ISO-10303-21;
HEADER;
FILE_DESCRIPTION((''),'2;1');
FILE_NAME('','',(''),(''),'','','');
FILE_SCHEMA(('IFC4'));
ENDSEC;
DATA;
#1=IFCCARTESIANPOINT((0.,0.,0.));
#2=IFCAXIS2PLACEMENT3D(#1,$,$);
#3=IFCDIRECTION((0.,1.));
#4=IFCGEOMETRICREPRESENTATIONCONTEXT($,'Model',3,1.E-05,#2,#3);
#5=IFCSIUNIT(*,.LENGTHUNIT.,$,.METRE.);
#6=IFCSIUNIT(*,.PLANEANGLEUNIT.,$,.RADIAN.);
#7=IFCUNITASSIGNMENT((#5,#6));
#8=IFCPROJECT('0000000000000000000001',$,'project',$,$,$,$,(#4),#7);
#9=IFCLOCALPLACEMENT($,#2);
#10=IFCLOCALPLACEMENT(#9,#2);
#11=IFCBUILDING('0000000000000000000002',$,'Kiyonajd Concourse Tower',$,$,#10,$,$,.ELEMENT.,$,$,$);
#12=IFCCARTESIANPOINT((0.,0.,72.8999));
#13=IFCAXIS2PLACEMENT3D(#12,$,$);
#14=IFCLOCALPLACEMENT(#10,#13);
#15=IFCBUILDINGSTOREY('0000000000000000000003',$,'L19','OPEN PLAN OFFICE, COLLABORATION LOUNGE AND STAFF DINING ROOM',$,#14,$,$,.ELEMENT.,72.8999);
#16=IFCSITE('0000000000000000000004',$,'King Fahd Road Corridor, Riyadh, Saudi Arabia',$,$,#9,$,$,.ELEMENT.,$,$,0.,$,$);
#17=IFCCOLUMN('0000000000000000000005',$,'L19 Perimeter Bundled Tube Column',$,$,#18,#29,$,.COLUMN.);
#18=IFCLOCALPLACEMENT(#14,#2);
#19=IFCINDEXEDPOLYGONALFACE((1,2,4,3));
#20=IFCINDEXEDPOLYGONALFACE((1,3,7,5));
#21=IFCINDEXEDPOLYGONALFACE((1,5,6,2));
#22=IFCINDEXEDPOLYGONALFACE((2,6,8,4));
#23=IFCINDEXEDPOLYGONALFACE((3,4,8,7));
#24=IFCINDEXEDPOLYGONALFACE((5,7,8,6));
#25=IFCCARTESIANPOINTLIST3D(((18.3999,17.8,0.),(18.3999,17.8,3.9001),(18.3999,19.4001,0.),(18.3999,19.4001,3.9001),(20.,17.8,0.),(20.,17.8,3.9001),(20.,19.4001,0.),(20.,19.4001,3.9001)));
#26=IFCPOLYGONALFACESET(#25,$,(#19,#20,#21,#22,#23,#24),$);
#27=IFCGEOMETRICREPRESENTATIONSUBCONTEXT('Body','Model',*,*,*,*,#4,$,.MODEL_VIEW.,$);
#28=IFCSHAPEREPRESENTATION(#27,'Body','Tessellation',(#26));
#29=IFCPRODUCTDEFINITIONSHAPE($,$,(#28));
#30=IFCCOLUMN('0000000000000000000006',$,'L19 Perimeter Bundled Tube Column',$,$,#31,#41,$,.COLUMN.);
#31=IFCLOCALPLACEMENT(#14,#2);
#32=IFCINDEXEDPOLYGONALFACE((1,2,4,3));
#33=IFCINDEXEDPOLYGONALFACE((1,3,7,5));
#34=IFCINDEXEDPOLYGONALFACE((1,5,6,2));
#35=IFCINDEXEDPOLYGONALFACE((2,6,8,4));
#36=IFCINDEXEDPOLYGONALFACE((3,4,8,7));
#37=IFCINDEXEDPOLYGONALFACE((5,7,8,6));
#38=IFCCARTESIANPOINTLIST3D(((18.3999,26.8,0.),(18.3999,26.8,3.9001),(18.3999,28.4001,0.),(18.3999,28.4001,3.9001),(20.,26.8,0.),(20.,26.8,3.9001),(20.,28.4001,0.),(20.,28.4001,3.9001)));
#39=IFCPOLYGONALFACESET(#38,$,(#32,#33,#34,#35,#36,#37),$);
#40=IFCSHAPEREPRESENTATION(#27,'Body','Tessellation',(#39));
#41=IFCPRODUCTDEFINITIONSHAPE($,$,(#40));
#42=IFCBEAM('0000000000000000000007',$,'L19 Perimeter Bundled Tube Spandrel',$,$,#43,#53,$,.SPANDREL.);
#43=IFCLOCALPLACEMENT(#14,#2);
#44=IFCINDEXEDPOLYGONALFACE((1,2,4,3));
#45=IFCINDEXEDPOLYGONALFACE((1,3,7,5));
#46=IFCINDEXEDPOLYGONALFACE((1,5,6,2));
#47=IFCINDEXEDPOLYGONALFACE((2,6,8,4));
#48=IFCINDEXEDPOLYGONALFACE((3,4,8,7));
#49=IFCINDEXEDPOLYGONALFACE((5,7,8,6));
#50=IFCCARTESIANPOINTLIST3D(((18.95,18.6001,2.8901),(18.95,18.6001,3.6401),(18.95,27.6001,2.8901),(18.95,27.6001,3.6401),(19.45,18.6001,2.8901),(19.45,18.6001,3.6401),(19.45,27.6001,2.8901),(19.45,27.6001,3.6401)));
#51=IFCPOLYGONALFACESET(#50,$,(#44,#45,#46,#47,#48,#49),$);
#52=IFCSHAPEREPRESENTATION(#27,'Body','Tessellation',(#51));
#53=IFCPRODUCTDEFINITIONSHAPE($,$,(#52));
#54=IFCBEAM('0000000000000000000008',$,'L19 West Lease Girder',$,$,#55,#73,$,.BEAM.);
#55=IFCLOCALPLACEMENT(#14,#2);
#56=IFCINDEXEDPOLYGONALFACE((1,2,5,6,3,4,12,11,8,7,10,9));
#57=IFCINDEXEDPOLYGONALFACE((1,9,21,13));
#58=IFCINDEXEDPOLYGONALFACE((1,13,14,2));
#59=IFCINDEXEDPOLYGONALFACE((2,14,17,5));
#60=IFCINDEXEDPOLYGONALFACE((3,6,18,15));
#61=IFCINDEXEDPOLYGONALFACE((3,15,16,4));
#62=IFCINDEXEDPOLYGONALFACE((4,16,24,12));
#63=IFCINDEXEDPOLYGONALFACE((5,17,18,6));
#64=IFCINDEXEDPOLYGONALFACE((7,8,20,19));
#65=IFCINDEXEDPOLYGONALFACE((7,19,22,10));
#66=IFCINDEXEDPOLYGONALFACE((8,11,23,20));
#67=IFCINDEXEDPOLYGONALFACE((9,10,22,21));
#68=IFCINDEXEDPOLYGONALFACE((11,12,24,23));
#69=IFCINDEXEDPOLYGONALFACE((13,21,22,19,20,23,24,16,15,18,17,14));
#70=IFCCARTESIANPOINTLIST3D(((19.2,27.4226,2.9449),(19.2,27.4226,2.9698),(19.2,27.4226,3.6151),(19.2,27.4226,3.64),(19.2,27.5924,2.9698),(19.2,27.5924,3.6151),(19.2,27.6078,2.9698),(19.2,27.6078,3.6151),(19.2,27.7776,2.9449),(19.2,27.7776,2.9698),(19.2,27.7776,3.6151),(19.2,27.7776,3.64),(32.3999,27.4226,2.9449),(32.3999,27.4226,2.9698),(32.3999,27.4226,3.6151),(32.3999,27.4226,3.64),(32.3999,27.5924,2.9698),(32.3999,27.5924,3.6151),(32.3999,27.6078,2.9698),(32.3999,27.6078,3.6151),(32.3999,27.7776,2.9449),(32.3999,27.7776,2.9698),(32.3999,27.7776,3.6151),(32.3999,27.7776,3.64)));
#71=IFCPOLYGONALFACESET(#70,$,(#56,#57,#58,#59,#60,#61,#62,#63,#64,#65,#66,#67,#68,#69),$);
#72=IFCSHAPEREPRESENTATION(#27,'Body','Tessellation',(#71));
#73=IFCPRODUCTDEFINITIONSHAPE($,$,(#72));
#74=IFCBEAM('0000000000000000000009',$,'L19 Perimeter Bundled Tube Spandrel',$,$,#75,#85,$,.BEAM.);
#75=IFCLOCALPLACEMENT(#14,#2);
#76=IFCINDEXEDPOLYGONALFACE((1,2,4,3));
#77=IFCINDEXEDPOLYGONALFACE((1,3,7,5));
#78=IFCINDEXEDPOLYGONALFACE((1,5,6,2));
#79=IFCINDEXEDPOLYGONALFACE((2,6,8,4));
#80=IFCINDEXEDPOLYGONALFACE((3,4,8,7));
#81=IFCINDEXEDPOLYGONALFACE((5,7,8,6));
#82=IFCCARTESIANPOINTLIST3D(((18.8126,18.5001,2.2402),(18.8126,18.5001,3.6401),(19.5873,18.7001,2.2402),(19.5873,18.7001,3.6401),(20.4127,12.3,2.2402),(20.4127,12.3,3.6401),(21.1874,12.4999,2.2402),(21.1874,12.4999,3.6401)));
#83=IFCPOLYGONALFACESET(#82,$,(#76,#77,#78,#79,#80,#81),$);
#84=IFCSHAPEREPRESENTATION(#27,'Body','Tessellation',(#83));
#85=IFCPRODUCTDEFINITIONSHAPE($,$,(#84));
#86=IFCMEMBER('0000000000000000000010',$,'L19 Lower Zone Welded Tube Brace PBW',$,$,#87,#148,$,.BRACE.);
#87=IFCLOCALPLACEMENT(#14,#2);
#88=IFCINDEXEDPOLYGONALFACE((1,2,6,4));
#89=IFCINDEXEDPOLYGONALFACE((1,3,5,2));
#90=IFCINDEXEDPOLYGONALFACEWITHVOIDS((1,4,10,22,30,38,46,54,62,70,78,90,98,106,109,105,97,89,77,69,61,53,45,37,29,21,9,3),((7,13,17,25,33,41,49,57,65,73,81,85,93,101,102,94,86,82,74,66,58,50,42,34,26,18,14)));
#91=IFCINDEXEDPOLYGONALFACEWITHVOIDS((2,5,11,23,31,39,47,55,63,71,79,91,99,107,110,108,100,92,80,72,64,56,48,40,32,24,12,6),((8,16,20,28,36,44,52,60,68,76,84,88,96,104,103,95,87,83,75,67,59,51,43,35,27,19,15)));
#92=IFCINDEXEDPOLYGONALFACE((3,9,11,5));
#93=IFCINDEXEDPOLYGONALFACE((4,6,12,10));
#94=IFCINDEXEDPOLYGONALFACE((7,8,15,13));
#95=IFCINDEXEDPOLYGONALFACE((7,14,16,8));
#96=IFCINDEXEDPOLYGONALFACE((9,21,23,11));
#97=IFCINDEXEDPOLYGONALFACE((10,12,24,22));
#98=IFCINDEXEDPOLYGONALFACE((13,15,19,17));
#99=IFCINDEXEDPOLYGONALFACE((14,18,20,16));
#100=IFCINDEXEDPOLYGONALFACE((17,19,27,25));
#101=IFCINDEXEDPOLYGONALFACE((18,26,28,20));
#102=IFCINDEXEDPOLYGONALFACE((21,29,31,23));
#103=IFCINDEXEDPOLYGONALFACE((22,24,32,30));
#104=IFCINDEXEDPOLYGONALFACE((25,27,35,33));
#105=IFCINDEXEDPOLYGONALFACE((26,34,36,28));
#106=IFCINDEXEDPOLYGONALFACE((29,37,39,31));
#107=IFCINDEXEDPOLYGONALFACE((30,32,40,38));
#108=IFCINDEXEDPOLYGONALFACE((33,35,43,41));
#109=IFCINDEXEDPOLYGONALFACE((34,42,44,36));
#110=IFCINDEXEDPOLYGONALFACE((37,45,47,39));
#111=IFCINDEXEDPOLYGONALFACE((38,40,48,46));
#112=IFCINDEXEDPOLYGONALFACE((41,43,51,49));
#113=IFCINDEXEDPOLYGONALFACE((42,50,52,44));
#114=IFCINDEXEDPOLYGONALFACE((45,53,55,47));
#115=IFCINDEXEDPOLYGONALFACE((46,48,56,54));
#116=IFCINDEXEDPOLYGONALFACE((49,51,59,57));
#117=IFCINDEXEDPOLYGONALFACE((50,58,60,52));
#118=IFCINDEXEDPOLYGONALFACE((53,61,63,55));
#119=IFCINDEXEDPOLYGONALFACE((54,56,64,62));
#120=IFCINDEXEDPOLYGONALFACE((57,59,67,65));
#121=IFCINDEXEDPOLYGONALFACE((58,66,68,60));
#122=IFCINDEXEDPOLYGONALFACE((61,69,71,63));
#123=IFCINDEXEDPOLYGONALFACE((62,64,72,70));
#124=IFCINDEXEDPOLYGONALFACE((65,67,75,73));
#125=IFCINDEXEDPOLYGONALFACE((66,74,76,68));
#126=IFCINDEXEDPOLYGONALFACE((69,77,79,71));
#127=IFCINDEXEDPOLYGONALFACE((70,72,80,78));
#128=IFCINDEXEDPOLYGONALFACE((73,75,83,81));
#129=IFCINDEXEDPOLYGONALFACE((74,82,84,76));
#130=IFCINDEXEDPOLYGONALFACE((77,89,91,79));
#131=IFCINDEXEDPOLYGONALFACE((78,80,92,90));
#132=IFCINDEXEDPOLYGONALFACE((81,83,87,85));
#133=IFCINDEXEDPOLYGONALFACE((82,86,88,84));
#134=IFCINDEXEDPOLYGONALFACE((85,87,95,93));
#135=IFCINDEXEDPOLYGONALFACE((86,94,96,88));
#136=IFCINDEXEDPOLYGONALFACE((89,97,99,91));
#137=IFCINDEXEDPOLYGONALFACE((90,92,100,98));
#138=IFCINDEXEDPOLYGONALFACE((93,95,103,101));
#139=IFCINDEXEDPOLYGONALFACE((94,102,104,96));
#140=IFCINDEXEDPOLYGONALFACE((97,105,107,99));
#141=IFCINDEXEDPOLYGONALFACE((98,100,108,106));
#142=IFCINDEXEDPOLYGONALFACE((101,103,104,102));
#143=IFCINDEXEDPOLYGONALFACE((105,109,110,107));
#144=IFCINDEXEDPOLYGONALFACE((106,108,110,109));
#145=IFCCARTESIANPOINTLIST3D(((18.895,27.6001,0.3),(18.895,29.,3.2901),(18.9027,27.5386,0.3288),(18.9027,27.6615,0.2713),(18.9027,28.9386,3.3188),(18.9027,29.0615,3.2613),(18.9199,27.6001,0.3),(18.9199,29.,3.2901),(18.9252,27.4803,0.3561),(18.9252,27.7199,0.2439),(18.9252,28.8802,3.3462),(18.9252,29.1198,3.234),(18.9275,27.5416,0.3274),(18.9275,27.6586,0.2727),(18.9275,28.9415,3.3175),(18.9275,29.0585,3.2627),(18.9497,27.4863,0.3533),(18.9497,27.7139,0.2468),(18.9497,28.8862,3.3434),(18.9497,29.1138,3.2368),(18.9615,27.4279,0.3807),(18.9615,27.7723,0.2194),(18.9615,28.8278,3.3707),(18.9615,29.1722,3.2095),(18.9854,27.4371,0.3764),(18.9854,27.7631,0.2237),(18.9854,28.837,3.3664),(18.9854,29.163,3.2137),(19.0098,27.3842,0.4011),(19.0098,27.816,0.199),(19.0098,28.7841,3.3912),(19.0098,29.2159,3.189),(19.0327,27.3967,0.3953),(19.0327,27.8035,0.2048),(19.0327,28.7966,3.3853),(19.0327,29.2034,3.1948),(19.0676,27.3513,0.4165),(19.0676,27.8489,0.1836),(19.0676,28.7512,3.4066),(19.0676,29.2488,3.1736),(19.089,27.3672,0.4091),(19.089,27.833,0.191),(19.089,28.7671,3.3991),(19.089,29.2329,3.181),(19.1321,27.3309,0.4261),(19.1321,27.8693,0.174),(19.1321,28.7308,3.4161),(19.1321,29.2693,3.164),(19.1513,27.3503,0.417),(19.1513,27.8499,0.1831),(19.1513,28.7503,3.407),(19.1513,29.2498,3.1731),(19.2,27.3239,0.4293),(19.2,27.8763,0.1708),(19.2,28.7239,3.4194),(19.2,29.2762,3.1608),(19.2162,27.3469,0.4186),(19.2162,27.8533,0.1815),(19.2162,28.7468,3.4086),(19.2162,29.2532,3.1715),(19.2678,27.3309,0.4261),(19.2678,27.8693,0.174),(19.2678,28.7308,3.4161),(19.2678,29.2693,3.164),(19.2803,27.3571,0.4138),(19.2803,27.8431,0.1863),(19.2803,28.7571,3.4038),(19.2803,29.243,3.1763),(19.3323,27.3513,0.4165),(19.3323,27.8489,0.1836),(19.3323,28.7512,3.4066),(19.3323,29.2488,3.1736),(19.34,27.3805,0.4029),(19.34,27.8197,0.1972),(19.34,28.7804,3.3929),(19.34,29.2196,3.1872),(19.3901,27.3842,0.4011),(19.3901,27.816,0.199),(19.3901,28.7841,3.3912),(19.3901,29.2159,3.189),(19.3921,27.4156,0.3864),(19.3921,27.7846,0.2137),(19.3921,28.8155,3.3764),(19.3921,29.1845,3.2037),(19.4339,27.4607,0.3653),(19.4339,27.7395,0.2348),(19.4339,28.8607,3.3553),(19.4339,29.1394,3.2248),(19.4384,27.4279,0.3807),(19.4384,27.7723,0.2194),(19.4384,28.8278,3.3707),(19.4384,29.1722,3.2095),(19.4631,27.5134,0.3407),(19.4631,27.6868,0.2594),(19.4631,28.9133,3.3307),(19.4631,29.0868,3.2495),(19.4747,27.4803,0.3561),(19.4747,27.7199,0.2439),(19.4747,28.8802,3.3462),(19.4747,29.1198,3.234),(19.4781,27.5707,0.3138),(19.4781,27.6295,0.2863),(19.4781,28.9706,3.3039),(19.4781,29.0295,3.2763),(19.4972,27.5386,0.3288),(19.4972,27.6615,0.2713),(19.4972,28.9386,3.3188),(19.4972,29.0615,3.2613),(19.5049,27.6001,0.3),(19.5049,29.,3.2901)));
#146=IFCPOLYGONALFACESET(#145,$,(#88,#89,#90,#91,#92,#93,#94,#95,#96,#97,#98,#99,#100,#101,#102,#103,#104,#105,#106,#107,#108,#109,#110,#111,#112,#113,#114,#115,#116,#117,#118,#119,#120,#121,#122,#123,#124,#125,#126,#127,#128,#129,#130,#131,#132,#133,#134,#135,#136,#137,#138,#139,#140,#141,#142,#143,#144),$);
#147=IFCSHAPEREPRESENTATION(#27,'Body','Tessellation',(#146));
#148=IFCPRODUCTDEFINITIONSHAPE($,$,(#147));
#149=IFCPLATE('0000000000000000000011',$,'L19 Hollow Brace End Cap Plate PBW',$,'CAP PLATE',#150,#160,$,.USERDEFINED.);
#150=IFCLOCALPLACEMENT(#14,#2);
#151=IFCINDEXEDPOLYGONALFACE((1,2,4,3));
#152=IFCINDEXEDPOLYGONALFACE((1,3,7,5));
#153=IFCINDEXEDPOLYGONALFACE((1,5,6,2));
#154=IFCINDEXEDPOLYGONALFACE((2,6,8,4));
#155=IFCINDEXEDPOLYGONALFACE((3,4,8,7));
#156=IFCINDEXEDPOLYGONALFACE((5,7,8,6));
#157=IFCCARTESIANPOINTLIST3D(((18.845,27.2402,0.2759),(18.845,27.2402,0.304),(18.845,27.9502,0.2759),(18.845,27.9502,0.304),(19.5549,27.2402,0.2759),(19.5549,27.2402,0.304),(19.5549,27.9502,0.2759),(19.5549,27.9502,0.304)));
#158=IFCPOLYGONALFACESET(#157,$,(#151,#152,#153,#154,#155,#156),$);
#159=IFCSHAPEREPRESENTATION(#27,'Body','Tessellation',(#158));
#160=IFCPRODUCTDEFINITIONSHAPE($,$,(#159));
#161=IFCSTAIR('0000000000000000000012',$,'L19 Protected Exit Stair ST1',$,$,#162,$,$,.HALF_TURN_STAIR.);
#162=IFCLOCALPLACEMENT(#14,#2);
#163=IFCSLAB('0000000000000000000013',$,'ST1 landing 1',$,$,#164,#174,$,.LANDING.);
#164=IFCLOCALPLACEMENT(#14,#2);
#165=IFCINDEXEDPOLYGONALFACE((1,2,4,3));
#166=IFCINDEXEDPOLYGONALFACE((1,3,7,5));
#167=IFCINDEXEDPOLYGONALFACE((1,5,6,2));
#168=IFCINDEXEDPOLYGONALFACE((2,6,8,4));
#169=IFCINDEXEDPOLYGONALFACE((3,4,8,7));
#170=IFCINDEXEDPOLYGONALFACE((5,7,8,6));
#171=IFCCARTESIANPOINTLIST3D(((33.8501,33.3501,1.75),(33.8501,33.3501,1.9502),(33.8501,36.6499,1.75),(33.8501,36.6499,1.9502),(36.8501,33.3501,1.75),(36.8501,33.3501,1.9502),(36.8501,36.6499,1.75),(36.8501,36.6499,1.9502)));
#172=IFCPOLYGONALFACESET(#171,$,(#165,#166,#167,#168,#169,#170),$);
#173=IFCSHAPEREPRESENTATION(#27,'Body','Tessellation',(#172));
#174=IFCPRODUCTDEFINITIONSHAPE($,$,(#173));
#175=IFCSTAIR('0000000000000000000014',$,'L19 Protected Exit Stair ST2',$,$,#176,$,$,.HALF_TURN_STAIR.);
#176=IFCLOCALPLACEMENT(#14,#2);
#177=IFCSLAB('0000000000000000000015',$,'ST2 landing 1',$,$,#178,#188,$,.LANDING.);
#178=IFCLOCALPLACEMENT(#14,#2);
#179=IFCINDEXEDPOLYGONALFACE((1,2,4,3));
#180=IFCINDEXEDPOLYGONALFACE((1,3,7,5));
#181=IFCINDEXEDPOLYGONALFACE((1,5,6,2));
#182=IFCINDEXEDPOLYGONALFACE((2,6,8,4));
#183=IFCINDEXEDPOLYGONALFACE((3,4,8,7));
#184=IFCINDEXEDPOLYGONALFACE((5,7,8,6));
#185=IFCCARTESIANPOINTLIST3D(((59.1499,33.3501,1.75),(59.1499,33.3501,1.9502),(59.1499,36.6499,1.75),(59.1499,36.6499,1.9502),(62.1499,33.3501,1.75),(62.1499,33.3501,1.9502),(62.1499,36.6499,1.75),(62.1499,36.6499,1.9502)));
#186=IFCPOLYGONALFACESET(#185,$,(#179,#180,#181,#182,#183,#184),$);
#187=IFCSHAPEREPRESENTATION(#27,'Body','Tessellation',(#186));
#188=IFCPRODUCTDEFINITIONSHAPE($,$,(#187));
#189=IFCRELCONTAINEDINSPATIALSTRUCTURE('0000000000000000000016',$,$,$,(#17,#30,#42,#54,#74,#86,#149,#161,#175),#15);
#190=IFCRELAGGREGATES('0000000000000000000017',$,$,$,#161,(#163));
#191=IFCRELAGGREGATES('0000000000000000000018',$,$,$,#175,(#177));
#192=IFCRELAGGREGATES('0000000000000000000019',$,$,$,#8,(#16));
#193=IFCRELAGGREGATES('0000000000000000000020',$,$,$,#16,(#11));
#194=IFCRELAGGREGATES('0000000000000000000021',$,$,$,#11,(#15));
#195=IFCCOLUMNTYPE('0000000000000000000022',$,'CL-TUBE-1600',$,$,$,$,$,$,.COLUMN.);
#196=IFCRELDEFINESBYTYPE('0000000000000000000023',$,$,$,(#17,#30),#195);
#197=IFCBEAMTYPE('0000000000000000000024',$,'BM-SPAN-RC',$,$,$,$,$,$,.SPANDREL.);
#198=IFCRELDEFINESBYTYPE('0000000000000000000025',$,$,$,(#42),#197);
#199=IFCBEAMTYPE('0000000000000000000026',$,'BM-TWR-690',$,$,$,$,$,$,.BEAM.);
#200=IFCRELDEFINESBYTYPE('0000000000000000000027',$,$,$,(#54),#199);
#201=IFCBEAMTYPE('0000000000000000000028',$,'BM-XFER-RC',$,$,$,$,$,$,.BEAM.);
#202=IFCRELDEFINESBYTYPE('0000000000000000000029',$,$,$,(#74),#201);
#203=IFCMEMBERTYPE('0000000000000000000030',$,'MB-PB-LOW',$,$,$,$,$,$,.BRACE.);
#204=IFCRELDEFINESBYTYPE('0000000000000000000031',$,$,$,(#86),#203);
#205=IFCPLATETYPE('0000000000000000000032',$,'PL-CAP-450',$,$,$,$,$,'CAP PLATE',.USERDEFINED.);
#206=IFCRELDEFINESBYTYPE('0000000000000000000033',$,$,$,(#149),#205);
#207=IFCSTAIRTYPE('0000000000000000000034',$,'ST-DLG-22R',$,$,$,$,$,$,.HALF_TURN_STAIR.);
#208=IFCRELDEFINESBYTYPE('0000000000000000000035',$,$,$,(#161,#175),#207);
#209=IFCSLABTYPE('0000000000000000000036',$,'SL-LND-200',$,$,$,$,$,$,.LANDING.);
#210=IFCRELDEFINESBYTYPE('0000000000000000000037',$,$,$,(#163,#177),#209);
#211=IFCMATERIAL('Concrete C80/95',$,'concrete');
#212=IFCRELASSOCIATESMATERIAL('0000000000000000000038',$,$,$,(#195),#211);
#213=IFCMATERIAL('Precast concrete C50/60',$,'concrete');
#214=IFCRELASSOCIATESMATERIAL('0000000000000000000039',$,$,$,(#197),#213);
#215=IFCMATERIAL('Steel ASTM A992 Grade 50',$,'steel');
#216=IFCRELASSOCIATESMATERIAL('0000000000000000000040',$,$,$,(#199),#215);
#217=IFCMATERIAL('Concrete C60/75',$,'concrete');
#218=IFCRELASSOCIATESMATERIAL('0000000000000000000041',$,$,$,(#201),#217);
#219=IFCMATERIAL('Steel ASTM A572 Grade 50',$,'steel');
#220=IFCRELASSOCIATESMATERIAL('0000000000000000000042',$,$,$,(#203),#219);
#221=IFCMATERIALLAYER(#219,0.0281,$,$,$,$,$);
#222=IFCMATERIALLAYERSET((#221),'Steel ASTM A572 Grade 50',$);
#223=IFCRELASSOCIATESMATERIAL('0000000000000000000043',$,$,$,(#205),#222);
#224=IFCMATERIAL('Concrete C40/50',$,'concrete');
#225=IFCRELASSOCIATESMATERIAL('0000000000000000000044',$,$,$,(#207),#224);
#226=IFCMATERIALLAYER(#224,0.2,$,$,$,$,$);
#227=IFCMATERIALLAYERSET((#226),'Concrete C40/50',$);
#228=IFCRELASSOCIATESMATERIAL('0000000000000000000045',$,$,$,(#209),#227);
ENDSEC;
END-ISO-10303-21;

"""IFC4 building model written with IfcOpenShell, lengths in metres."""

from ifc_helpers import new_model, si_unit, direction, frame, origin, origin_2d, place, context, subcontext, project, spatial, polyline, rectangle, hollow_circle, i_section, outline, extrude, material, layer, layer_set, material_profile, profile_set, type_object, element, aggregate, save


model = new_model("IFC4")

# Units and contexts
model_context = context("Model", 3, precision=1e-05, world=origin(), true_north=direction((0.0, 1.0)))
body_context = subcontext(model_context, "Body", "Model", "MODEL_VIEW")
ifc_project = project(units=[si_unit("LENGTHUNIT", "METRE"), si_unit("PLANEANGLEUNIT", "RADIAN")], contexts=[model_context])

# Site, building, storey
site_placement = place(None, origin())
site = spatial("IfcSite", under=ifc_project, at=site_placement, Name="King Fahd Road Corridor, Riyadh, Saudi Arabia", CompositionType="ELEMENT", RefElevation=0.0)
building_placement = place(site_placement, origin())
building = spatial("IfcBuilding", under=site, at=building_placement, Name="Kiyonajd Concourse Tower", CompositionType="ELEMENT")
storey_placement = place(building_placement, frame((0.0, 0.0, 72.8999)))
storey = spatial("IfcBuildingStorey", under=building, at=storey_placement, Name="L19", Description="OPEN PLAN OFFICE, COLLABORATION LOUNGE AND STAFF DINING ROOM", CompositionType="ELEMENT", Elevation=72.8999)

# Columns
ifc_material_1 = material(Name="Concrete C80/95", Category="concrete")
ifc_material_profile_1 = material_profile(ifc_material_1, rectangle(XDim=1.6001, YDim=1.6001, at=origin_2d()), Name="RC-1600x1600")
ifc_profile_set_1 = profile_set([ifc_material_profile_1], Name="Concrete C80/95")
column_type = type_object("IfcColumnType", Name="CL-TUBE-1600", PredefinedType="COLUMN", material=ifc_profile_set_1)
for number, where, z_axis, x_axis, name in (
    (1, (19.2, 18.6001, 0.0), (0.0, 0.0, 1.0), (1.0, 0.0, 0.0), "L19 Perimeter Bundled Tube Column"),
    (2, (19.2, 27.6001, 0.0), (0.0, 0.0, 1.0), (1.0, 0.0, 0.0), "L19 Perimeter Bundled Tube Column"),
):
    element("IfcColumn", number, at=place(storey_placement, frame(where, z_axis=z_axis, x_axis=x_axis)), inside=storey, type_object=column_type, Name=name, PredefinedType="COLUMN", context=body_context, shape_type="SweptSolid", body=[
        extrude(rectangle(XDim=1.6001, YDim=1.6001, at=origin_2d()), origin(), (0.0, 0.0, 1.0), 3.9001),
    ])

# Beams
ifc_material_2 = material(Name="Precast concrete C50/60", Category="concrete")
ifc_material_profile_2 = material_profile(ifc_material_2, rectangle(XDim=0.5, YDim=0.75, at=origin_2d()), Name="RCBM-500x750")
ifc_profile_set_2 = profile_set([ifc_material_profile_2], Name="Precast concrete C50/60")
beam_type_1 = type_object("IfcBeamType", Name="BM-SPAN-RC", PredefinedType="SPANDREL", material=ifc_profile_set_2)
beam_1_placement = place(storey_placement, frame((19.2, 27.6001, 3.2651), z_axis=(0.0, -1.0, 0.0), x_axis=(1.0, 0.0, 0.0)))
element("IfcBeam", 3, at=beam_1_placement, inside=storey, type_object=beam_type_1, Name="L19 Perimeter Bundled Tube Spandrel", PredefinedType="SPANDREL", context=body_context, shape_type="SweptSolid", body=[
    extrude(rectangle(XDim=0.5, YDim=0.75, at=origin_2d()), origin(), (0.0, 0.0, 1.0), 9.0),
])
ifc_material_3 = material(Name="Steel ASTM A992 Grade 50", Category="steel")
ifc_material_profile_3 = material_profile(ifc_material_3, i_section(OverallWidth=0.355, OverallDepth=0.6951, WebThickness=0.0154, FlangeThickness=0.0249, at=origin_2d()), Name="W690X217")
ifc_profile_set_3 = profile_set([ifc_material_profile_3], Name="Steel ASTM A992 Grade 50")
beam_type_2 = type_object("IfcBeamType", Name="BM-TWR-690", PredefinedType="BEAM", material=ifc_profile_set_3)
beam_2_placement = place(storey_placement, frame((19.2, 27.6001, 3.2925), z_axis=(1.0, 0.0, 0.0), x_axis=(0.0, 1.0, 0.0)))
element("IfcBeam", 4, at=beam_2_placement, inside=storey, type_object=beam_type_2, Name="L19 West Lease Girder", PredefinedType="BEAM", context=body_context, shape_type="SweptSolid", body=[
    extrude(i_section(OverallWidth=0.355, OverallDepth=0.6951, WebThickness=0.0154, FlangeThickness=0.0249, at=origin_2d()), origin(), (0.0, 0.0, 1.0), 13.2),
])
ifc_material_4 = material(Name="Concrete C60/75", Category="concrete")
ifc_material_profile_4 = material_profile(ifc_material_4, rectangle(XDim=0.8, YDim=1.3999, at=origin_2d()), Name="RCBM-800x1400")
ifc_profile_set_4 = profile_set([ifc_material_profile_4], Name="Concrete C60/75")
beam_type_3 = type_object("IfcBeamType", Name="BM-XFER-RC", PredefinedType="BEAM", material=ifc_profile_set_4)
beam_3_placement = place(storey_placement, frame((19.2, 18.6001, 2.9402), z_axis=(0.249885, -0.968276, 0.0), x_axis=(0.968276, 0.249885, 0.0)))
element("IfcBeam", 5, at=beam_3_placement, inside=storey, type_object=beam_type_3, Name="L19 Perimeter Bundled Tube Spandrel", PredefinedType="BEAM", context=body_context, shape_type="SweptSolid", body=[
    extrude(rectangle(XDim=0.8, YDim=1.3999, at=origin_2d()), origin(), (0.0, 0.0, 1.0), 6.4033),
])

# Member
ifc_material_5 = material(Name="Steel ASTM A572 Grade 50", Category="steel")
ifc_material_profile_5 = material_profile(ifc_material_5, hollow_circle(Radius=0.3049, WallThickness=0.0249, at=origin_2d()), Name="CHS-610x25")
ifc_profile_set_5 = profile_set([ifc_material_profile_5], Name="Steel ASTM A572 Grade 50")
member_type = type_object("IfcMemberType", Name="MB-PB-LOW", PredefinedType="BRACE", material=ifc_profile_set_5)
member_placement = place(storey_placement, frame((19.2, 27.6001, 0.3), z_axis=(0.0, 0.424023, 0.905652), x_axis=(-1.0, 0.0, 0.0)))
element("IfcMember", 6, at=member_placement, inside=storey, type_object=member_type, Name="L19 Lower Zone Welded Tube Brace PBW", PredefinedType="BRACE", context=body_context, shape_type="SweptSolid", body=[
    extrude(hollow_circle(Radius=0.3049, WallThickness=0.0249, at=origin_2d()), origin(), (0.0, 0.0, 1.0), 3.3015),
])

# Plate
ifc_layer_1 = layer(ifc_material_5, 0.0281)
ifc_layer_set_1 = layer_set([ifc_layer_1], Name="Steel ASTM A572 Grade 50")
plate_type = type_object("IfcPlateType", Name="PL-CAP-450", ElementType="CAP PLATE", PredefinedType="USERDEFINED", material=ifc_layer_set_1)
plate_placement = place(storey_placement, frame((19.2, 27.5952, 0.2759), z_axis=(0.0, 0.0, 1.0), x_axis=(1.0, 0.0, 0.0)))
element("IfcPlate", 7, at=plate_placement, inside=storey, type_object=plate_type, Name="L19 Hollow Brace End Cap Plate PBW", ObjectType="CAP PLATE", PredefinedType="USERDEFINED", context=body_context, shape_type="SweptSolid", body=[
    extrude(rectangle(XDim=0.71, YDim=0.71, at=origin_2d()), origin(), (0.0, 0.0, 1.0), 0.0281),
])

# Stairs, slabs
ifc_material_6 = material(Name="Concrete C40/50", Category="concrete")
stair_type = type_object("IfcStairType", Name="ST-DLG-22R", PredefinedType="HALF_TURN_STAIR", material=ifc_material_6)
stair_1_placement = place(storey_placement, origin())
stair_1 = element("IfcStair", 8, at=stair_1_placement, inside=storey, type_object=stair_type, Name="L19 Protected Exit Stair ST1", PredefinedType="HALF_TURN_STAIR")
ifc_layer_2 = layer(ifc_material_6, 0.2)
ifc_layer_set_2 = layer_set([ifc_layer_2], Name="Concrete C40/50")
slab_type_1 = type_object("IfcSlabType", Name="SL-LND-200", PredefinedType="LANDING", material=ifc_layer_set_2)
slab_1_placement = place(storey_placement, frame((0.0, 0.0, 1.75)))
slab_1 = element("IfcSlab", 9, at=slab_1_placement, type_object=slab_type_1, Name="ST1 landing 1", PredefinedType="LANDING", context=body_context, shape_type="SweptSolid", body=[
    extrude(outline(polyline([(36.8501, 33.3501), (36.8501, 36.6499), (33.8501, 36.6499), (33.8501, 33.3501), (36.8501, 33.3501)])), origin(), (0.0, 0.0, 1.0), 0.2002),
])
aggregate(stair_1, [slab_1])
stair_2_placement = place(storey_placement, origin())
stair_2 = element("IfcStair", 10, at=stair_2_placement, inside=storey, type_object=stair_type, Name="L19 Protected Exit Stair ST2", PredefinedType="HALF_TURN_STAIR")
slab_2_placement = place(storey_placement, frame((0.0, 0.0, 1.75)))
slab_2 = element("IfcSlab", 11, at=slab_2_placement, type_object=slab_type_1, Name="ST2 landing 1", PredefinedType="LANDING", context=body_context, shape_type="SweptSolid", body=[
    extrude(outline(polyline([(62.1499, 33.3501), (62.1499, 36.6499), (59.1499, 36.6499), (59.1499, 33.3501), (62.1499, 33.3501)])), origin(), (0.0, 0.0, 1.0), 0.2002),
])
aggregate(stair_2, [slab_2])

save(model, "model.ifc")
